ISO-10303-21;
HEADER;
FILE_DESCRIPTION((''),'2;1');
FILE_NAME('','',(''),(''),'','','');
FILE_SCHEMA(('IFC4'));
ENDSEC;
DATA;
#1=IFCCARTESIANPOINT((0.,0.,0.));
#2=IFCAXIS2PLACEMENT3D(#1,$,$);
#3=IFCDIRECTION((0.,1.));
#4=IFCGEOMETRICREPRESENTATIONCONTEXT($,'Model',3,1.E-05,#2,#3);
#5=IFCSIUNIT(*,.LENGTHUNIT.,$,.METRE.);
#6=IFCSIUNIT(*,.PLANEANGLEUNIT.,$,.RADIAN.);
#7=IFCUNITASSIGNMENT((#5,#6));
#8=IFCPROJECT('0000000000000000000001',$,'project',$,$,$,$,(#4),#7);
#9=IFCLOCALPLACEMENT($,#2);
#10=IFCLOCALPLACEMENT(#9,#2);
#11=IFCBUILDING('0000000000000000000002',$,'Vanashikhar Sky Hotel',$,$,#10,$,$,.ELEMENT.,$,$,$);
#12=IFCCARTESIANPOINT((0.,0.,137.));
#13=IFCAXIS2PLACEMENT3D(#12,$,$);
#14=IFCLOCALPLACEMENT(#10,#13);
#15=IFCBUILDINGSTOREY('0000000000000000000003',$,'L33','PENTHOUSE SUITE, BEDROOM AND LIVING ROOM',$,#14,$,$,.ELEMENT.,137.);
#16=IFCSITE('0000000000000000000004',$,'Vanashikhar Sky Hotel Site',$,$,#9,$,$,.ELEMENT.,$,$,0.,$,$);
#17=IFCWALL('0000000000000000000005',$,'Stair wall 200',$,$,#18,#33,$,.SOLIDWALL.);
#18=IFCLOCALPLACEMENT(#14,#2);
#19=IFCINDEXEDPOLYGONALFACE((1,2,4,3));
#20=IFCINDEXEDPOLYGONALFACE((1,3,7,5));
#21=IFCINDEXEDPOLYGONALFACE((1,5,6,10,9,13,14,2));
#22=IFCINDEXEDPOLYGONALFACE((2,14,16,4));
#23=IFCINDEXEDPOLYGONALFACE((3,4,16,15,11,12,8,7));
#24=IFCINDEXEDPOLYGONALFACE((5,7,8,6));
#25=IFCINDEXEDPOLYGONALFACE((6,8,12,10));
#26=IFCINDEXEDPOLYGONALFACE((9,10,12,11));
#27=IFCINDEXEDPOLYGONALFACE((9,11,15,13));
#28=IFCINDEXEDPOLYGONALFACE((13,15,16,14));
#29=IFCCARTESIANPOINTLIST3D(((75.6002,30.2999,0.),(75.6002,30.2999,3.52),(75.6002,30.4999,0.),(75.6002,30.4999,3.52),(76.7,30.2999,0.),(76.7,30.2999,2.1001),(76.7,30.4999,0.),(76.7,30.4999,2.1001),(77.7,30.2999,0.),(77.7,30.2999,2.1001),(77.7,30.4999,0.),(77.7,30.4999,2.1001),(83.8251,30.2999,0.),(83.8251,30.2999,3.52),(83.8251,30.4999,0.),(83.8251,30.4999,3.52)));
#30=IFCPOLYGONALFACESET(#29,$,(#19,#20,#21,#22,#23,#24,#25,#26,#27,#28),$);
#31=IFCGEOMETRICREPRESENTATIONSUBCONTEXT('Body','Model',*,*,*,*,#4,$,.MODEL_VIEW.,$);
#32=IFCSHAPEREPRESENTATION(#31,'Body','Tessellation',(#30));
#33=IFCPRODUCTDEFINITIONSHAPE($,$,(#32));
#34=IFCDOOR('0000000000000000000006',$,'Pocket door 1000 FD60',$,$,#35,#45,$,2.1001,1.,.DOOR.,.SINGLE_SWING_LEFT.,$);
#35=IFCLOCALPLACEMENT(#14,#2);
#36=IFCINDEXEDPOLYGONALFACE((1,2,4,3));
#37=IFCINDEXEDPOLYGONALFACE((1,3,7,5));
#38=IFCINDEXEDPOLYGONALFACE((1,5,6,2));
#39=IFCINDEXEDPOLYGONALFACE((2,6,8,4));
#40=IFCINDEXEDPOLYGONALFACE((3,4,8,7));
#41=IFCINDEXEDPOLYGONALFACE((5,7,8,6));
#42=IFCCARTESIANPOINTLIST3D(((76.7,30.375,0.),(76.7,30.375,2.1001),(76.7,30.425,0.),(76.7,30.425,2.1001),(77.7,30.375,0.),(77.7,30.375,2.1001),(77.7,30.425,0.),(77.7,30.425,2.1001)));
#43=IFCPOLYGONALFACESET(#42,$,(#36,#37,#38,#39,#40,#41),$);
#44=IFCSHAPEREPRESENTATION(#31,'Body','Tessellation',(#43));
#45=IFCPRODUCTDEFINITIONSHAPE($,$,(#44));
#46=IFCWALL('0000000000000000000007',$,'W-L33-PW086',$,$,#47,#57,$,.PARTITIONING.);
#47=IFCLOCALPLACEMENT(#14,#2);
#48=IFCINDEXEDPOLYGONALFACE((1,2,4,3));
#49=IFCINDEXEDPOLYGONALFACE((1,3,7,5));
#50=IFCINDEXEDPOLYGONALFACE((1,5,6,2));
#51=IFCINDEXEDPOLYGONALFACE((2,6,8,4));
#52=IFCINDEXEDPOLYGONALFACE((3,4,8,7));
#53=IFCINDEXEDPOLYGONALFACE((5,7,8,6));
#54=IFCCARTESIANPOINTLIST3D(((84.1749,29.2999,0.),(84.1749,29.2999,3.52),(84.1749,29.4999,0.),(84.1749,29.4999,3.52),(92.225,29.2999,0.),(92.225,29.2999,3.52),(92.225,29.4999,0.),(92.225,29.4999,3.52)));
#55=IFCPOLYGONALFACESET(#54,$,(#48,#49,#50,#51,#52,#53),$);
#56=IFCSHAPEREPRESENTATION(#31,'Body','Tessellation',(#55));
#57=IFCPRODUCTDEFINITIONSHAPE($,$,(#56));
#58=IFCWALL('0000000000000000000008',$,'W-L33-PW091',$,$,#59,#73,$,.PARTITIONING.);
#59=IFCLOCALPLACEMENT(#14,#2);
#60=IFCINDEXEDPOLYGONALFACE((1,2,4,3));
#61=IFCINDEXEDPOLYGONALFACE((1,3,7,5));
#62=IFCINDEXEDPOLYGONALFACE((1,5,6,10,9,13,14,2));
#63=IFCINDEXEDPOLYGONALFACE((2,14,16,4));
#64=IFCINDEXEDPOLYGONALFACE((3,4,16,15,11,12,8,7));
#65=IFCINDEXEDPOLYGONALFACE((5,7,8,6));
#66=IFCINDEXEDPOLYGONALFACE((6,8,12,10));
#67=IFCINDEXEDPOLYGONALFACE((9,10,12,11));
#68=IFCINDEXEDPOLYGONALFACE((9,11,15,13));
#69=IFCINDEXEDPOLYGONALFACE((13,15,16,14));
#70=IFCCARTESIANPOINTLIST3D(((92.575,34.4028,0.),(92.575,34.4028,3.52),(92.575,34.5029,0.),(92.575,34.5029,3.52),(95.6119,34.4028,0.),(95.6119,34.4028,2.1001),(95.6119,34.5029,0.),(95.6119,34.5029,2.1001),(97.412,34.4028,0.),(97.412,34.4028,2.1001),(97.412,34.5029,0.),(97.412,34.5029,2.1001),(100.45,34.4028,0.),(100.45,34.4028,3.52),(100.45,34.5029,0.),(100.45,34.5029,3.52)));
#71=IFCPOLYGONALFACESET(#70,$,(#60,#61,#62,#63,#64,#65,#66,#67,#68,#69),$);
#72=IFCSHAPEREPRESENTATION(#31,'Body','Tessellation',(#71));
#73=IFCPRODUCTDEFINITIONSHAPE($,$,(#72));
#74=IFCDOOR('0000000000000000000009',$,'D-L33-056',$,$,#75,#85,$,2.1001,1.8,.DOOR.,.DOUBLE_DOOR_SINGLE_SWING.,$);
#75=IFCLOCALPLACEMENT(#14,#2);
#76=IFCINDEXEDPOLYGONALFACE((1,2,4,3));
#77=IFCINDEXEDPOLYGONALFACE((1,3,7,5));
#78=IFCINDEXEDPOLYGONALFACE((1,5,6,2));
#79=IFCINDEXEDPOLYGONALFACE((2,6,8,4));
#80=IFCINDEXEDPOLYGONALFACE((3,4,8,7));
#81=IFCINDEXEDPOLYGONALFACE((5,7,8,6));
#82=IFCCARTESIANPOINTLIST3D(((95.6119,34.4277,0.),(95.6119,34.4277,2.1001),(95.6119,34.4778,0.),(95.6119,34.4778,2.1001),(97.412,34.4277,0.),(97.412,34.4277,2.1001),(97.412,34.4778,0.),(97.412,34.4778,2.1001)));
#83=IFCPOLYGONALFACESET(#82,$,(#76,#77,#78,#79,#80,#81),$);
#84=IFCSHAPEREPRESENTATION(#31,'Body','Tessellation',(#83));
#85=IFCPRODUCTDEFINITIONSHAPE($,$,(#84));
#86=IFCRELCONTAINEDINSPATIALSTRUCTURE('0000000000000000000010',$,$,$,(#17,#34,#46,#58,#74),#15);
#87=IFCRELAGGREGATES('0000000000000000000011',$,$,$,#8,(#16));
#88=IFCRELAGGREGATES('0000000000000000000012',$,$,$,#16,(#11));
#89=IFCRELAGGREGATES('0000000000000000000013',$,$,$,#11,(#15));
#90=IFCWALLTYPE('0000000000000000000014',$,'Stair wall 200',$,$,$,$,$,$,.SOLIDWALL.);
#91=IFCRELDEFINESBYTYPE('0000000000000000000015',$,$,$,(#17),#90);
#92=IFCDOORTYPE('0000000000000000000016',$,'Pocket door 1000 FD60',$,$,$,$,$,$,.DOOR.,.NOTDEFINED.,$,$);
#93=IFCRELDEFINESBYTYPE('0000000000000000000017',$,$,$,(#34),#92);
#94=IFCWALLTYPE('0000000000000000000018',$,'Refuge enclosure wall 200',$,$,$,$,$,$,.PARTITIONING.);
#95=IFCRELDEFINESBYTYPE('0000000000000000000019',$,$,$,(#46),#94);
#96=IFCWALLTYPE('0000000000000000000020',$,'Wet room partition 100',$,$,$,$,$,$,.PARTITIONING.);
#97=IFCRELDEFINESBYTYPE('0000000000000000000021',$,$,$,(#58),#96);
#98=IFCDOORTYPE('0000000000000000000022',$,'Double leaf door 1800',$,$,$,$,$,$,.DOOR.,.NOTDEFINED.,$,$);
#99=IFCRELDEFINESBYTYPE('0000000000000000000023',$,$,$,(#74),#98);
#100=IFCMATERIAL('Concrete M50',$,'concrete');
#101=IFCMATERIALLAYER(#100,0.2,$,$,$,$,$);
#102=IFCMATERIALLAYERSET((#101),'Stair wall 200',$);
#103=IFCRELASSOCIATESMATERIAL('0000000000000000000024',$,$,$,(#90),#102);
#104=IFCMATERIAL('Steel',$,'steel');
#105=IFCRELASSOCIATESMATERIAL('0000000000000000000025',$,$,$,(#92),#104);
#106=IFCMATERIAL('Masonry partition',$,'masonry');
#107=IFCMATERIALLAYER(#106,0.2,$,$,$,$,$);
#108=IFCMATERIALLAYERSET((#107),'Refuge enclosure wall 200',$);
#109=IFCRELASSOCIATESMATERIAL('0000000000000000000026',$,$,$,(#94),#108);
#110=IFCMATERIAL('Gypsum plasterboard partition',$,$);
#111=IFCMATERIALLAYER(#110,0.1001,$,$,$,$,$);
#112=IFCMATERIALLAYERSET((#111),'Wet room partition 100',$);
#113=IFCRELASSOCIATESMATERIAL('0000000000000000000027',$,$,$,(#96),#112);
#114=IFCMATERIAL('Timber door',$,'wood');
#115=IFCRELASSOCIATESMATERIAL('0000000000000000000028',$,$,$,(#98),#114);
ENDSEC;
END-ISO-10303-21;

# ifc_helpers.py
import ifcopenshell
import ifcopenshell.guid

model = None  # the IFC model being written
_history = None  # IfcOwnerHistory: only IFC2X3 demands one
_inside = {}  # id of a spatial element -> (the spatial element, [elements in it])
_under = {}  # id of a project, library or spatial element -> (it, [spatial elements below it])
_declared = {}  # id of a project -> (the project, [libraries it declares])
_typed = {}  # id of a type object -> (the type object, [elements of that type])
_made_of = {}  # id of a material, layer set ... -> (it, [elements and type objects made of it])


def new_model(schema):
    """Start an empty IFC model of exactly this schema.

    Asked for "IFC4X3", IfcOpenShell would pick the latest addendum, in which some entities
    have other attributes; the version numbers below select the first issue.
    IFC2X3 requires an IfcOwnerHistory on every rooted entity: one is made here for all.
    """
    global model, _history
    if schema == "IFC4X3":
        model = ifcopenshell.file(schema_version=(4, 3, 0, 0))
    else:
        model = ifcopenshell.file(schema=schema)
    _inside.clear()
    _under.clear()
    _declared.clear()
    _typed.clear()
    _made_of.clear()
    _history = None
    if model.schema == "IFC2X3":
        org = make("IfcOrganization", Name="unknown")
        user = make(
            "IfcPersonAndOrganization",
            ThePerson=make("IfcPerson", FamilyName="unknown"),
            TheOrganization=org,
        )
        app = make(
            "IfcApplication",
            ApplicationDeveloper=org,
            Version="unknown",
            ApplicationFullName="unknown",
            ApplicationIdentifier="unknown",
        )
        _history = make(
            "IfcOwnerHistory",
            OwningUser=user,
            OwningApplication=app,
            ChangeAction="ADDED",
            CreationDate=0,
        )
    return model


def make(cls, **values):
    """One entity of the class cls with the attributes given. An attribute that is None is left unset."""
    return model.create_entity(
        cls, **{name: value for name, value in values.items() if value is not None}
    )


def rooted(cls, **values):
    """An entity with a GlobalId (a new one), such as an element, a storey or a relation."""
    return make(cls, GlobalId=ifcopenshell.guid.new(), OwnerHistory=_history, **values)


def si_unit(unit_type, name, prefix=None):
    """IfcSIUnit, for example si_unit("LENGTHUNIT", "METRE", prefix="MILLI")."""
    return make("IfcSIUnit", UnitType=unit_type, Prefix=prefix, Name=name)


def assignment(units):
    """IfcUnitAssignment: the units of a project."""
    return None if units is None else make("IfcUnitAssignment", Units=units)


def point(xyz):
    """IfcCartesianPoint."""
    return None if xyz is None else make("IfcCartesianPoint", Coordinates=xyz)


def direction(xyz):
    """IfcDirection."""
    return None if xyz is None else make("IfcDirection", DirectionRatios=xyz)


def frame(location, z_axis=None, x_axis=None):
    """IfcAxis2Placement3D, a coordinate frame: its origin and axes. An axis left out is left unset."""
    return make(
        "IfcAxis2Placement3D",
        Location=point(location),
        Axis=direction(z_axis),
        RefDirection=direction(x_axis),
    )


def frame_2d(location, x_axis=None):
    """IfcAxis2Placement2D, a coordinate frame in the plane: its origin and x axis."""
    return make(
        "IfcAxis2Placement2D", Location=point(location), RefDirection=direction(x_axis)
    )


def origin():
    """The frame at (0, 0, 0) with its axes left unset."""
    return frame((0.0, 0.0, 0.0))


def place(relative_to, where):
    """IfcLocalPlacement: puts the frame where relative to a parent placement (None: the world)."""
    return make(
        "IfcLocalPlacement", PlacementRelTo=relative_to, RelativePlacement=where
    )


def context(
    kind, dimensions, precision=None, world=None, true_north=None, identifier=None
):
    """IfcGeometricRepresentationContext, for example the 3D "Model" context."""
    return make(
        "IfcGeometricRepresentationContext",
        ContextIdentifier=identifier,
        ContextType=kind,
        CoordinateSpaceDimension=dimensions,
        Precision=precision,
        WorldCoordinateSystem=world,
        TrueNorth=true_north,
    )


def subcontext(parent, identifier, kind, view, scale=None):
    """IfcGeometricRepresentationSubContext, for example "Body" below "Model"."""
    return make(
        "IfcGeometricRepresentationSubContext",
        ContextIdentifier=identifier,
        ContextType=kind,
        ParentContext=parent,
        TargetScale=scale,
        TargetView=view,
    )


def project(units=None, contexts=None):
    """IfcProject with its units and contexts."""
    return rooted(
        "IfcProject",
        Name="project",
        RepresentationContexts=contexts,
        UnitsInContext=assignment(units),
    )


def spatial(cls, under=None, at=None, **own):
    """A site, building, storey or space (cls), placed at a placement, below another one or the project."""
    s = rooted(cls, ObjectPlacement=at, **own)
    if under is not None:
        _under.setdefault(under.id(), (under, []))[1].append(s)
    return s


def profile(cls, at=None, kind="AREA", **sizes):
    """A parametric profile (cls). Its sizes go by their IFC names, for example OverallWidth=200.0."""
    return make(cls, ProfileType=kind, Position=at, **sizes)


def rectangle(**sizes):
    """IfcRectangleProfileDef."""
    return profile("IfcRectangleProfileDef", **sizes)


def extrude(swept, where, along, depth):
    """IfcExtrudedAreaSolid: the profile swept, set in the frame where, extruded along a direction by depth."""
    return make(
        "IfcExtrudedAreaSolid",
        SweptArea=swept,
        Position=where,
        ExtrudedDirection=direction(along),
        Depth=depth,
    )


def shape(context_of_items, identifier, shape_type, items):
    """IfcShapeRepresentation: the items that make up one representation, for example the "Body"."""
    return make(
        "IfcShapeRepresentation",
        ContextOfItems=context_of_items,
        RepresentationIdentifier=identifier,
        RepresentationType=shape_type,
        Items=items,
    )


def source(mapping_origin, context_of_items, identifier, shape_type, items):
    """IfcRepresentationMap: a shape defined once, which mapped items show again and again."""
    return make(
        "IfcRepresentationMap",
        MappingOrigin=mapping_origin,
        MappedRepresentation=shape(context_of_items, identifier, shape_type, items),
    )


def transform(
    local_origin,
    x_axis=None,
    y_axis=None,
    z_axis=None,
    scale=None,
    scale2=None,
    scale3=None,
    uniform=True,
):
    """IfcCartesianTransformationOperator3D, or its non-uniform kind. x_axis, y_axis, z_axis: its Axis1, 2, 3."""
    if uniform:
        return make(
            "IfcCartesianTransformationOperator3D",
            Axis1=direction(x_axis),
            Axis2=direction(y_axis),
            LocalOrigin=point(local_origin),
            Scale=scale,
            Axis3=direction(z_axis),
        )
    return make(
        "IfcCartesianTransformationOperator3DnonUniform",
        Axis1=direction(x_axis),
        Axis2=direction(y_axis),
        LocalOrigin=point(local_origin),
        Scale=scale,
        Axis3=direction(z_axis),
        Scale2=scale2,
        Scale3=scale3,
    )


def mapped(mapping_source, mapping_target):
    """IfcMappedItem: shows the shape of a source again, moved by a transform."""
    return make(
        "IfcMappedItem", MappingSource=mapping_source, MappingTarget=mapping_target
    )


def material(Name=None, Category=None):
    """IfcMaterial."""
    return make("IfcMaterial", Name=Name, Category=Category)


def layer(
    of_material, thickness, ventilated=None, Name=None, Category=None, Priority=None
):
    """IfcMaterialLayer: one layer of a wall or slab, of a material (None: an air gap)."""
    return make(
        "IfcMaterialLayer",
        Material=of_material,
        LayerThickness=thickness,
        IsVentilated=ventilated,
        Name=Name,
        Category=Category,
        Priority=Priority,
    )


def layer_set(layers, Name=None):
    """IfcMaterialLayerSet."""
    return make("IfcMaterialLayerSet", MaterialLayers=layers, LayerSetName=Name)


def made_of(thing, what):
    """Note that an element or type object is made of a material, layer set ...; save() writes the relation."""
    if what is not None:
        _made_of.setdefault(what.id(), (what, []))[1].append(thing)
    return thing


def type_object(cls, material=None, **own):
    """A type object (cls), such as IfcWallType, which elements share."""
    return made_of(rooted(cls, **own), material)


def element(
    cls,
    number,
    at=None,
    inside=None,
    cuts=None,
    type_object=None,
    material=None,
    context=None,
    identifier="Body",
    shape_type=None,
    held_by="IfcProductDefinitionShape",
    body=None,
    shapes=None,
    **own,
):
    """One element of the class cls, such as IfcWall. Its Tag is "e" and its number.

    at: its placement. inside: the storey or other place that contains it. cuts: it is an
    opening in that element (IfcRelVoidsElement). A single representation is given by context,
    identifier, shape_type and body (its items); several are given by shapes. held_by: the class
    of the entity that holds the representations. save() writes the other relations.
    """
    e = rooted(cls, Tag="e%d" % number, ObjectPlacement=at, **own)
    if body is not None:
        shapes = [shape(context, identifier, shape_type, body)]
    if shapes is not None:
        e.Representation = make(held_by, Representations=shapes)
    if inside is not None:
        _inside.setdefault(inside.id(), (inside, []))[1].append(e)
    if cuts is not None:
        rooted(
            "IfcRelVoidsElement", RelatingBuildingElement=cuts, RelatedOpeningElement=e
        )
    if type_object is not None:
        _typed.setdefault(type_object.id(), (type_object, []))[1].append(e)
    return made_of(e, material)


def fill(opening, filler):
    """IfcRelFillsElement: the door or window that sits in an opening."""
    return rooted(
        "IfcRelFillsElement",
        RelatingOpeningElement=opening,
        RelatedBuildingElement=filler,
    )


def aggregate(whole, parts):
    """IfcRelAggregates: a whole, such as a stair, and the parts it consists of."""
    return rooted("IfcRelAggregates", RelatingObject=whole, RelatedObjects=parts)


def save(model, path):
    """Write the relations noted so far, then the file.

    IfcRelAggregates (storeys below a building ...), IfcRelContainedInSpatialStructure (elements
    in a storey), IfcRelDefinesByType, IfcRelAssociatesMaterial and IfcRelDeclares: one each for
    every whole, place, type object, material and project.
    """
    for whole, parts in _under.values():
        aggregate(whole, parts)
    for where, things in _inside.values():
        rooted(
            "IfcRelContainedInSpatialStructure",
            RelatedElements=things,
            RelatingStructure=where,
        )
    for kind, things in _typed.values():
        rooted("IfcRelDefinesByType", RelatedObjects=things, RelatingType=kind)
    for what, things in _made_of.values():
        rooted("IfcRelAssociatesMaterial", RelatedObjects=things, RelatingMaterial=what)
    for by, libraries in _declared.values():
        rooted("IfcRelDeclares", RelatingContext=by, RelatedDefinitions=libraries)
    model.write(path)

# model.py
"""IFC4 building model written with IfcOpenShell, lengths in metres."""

from ifc_helpers import new_model, si_unit, direction, frame, frame_2d, origin, place, context, subcontext, project, spatial, rectangle, extrude, source, transform, mapped, material, layer, layer_set, type_object, element, fill, save


model = new_model("IFC4")

# Units and contexts
model_context = context("Model", 3, precision=1e-05, world=origin(), true_north=direction((0.0, 1.0)))
body_context = subcontext(model_context, "Body", "Model", "MODEL_VIEW")
ifc_project = project(units=[si_unit("LENGTHUNIT", "METRE"), si_unit("PLANEANGLEUNIT", "RADIAN")], contexts=[model_context])

# Site, building, storey
site_placement = place(None, origin())
site = spatial("IfcSite", under=ifc_project, at=site_placement, Name="Vanashikhar Sky Hotel Site", CompositionType="ELEMENT", RefElevation=0.0)
building_placement = place(site_placement, origin())
building = spatial("IfcBuilding", under=site, at=building_placement, Name="Vanashikhar Sky Hotel", CompositionType="ELEMENT")
storey_placement = place(building_placement, frame((0.0, 0.0, 137.0)))
storey = spatial("IfcBuildingStorey", under=building, at=storey_placement, Name="L33", Description="PENTHOUSE SUITE, BEDROOM AND LIVING ROOM", CompositionType="ELEMENT", Elevation=137.0)

# Shared definitions
ifc_material_1 = material(Name="Concrete M50", Category="concrete")

# Wall, opening, door
ifc_layer_1 = layer(ifc_material_1, 0.2)
ifc_layer_set_1 = layer_set([ifc_layer_1], Name="Stair wall 200")
wall_type_1 = type_object("IfcWallType", Name="Stair wall 200", PredefinedType="SOLIDWALL", material=ifc_layer_set_1)
shared_shape_1 = source(origin(), body_context, "Body", "SweptSolid", [
    extrude(rectangle(XDim=8.2249, YDim=0.2, at=frame_2d((4.1123, 0.0))), origin(), (0.0, 0.0, 1.0), 3.52),
])
wall_1_placement = place(storey_placement, frame((83.825, 30.3999, 0.0), z_axis=(0.0, 0.0, 1.0), x_axis=(-1.0, 0.0, 0.0)))
wall_1 = element("IfcWall", 1, at=wall_1_placement, inside=storey, type_object=wall_type_1, Name="Stair wall 200", PredefinedType="SOLIDWALL", context=body_context, shape_type="MappedRepresentation", body=[
    mapped(shared_shape_1, transform((0.0, 0.0, 0.0), scale=1.0)),
])
shared_shape_2 = source(origin(), body_context, "Body", "SweptSolid", [
    extrude(rectangle(XDim=1.0, YDim=2.1001, at=frame_2d((0.5, 1.05))), frame((0.0, 0.1099, 0.0), z_axis=(0.0, -1.0, 0.0), x_axis=(1.0, 0.0, 0.0)), (0.0, 0.0, 1.0), 0.22),
])
opening_1_placement = place(wall_1_placement, frame((6.125, 0.0, 0.0)))
opening_1 = element("IfcOpeningElement", 2, at=opening_1_placement, cuts=wall_1, PredefinedType="OPENING", context=body_context, shape_type="MappedRepresentation", body=[
    mapped(shared_shape_2, transform((0.0, 0.0, 0.0), scale=1.0)),
])
ifc_material_2 = material(Name="Steel", Category="steel")
door_type_1 = type_object("IfcDoorType", Name="Pocket door 1000 FD60", OperationType="NOTDEFINED", PredefinedType="DOOR", material=ifc_material_2)
shared_shape_3 = source(origin(), body_context, "Body", "SweptSolid", [
    extrude(rectangle(XDim=1.0, YDim=2.1001, at=frame_2d((0.5, 1.05))), frame((0.0, 0.0249, 0.0), z_axis=(0.0, -1.0, 0.0), x_axis=(1.0, 0.0, 0.0)), (0.0, 0.0, 1.0), 0.05),
])
door_1_placement = place(opening_1_placement, origin())
door_1 = element("IfcDoor", 3, at=door_1_placement, inside=storey, type_object=door_type_1, Name="Pocket door 1000 FD60", OperationType="SINGLE_SWING_LEFT", OverallHeight=2.1001, OverallWidth=1.0, PredefinedType="DOOR", context=body_context, shape_type="MappedRepresentation", body=[
    mapped(shared_shape_3, transform((0.0, 0.0, 0.0), scale=1.0)),
])
fill(opening_1, door_1)

# Wall
ifc_material_3 = material(Name="Masonry partition", Category="masonry")
ifc_layer_2 = layer(ifc_material_3, 0.2)
ifc_layer_set_2 = layer_set([ifc_layer_2], Name="Refuge enclosure wall 200")
wall_type_2 = type_object("IfcWallType", Name="Refuge enclosure wall 200", PredefinedType="PARTITIONING", material=ifc_layer_set_2)
shared_shape_4 = source(origin(), body_context, "Body", "SweptSolid", [
    extrude(rectangle(XDim=8.05, YDim=0.2, at=frame_2d((4.0249, 0.0))), origin(), (0.0, 0.0, 1.0), 3.52),
])
wall_2_placement = place(storey_placement, frame((84.175, 29.3999, 0.0), z_axis=(0.0, 0.0, 1.0), x_axis=(1.0, 0.0, 0.0)))
element("IfcWall", 4, at=wall_2_placement, inside=storey, type_object=wall_type_2, Name="W-L33-PW086", PredefinedType="PARTITIONING", context=body_context, shape_type="MappedRepresentation", body=[
    mapped(shared_shape_4, transform((0.0, 0.0, 0.0), scale=1.0)),
])

# Wall, opening, door
ifc_material_4 = material(Name="Gypsum plasterboard partition")
ifc_layer_3 = layer(ifc_material_4, 0.1001)
ifc_layer_set_3 = layer_set([ifc_layer_3], Name="Wet room partition 100")
wall_type_3 = type_object("IfcWallType", Name="Wet room partition 100", PredefinedType="PARTITIONING", material=ifc_layer_set_3)
shared_shape_5 = source(origin(), body_context, "Body", "SweptSolid", [
    extrude(rectangle(XDim=7.875, YDim=0.1001, at=frame_2d((3.9375, 0.0))), origin(), (0.0, 0.0, 1.0), 3.52),
])
wall_3_placement = place(storey_placement, frame((92.575, 34.4529, 0.0), z_axis=(0.0, 0.0, 1.0), x_axis=(1.0, 0.0, 0.0)))
wall_3 = element("IfcWall", 5, at=wall_3_placement, inside=storey, type_object=wall_type_3, Name="W-L33-PW091", PredefinedType="PARTITIONING", context=body_context, shape_type="MappedRepresentation", body=[
    mapped(shared_shape_5, transform((0.0, 0.0, 0.0), scale=1.0)),
])
shared_shape_6 = source(origin(), body_context, "Body", "SweptSolid", [
    extrude(rectangle(XDim=1.8, YDim=2.1001, at=frame_2d((0.8999, 1.05))), frame((0.0, 0.0601, 0.0), z_axis=(0.0, -1.0, 0.0), x_axis=(1.0, 0.0, 0.0)), (0.0, 0.0, 1.0), 0.1201),
])
opening_2_placement = place(wall_3_placement, frame((3.0371, 0.0, 0.0)))
opening_2 = element("IfcOpeningElement", 6, at=opening_2_placement, cuts=wall_3, PredefinedType="OPENING", context=body_context, shape_type="MappedRepresentation", body=[
    mapped(shared_shape_6, transform((0.0, 0.0, 0.0), scale=1.0)),
])
ifc_material_5 = material(Name="Timber door", Category="wood")
door_type_2 = type_object("IfcDoorType", Name="Double leaf door 1800", OperationType="NOTDEFINED", PredefinedType="DOOR", material=ifc_material_5)
shared_shape_7 = source(origin(), body_context, "Body", "SweptSolid", [
    extrude(rectangle(XDim=1.8, YDim=2.1001, at=frame_2d((0.8999, 1.05))), frame((0.0, 0.0249, 0.0), z_axis=(0.0, -1.0, 0.0), x_axis=(1.0, 0.0, 0.0)), (0.0, 0.0, 1.0), 0.05),
])
door_2_placement = place(opening_2_placement, origin())
door_2 = element("IfcDoor", 7, at=door_2_placement, inside=storey, type_object=door_type_2, Name="D-L33-056", OperationType="DOUBLE_DOOR_SINGLE_SWING", OverallHeight=2.1001, OverallWidth=1.8, PredefinedType="DOOR", context=body_context, shape_type="MappedRepresentation", body=[
    mapped(shared_shape_7, transform((0.0, 0.0, 0.0), scale=1.0)),
])
fill(opening_2, door_2)

save(model, "model.ifc")
